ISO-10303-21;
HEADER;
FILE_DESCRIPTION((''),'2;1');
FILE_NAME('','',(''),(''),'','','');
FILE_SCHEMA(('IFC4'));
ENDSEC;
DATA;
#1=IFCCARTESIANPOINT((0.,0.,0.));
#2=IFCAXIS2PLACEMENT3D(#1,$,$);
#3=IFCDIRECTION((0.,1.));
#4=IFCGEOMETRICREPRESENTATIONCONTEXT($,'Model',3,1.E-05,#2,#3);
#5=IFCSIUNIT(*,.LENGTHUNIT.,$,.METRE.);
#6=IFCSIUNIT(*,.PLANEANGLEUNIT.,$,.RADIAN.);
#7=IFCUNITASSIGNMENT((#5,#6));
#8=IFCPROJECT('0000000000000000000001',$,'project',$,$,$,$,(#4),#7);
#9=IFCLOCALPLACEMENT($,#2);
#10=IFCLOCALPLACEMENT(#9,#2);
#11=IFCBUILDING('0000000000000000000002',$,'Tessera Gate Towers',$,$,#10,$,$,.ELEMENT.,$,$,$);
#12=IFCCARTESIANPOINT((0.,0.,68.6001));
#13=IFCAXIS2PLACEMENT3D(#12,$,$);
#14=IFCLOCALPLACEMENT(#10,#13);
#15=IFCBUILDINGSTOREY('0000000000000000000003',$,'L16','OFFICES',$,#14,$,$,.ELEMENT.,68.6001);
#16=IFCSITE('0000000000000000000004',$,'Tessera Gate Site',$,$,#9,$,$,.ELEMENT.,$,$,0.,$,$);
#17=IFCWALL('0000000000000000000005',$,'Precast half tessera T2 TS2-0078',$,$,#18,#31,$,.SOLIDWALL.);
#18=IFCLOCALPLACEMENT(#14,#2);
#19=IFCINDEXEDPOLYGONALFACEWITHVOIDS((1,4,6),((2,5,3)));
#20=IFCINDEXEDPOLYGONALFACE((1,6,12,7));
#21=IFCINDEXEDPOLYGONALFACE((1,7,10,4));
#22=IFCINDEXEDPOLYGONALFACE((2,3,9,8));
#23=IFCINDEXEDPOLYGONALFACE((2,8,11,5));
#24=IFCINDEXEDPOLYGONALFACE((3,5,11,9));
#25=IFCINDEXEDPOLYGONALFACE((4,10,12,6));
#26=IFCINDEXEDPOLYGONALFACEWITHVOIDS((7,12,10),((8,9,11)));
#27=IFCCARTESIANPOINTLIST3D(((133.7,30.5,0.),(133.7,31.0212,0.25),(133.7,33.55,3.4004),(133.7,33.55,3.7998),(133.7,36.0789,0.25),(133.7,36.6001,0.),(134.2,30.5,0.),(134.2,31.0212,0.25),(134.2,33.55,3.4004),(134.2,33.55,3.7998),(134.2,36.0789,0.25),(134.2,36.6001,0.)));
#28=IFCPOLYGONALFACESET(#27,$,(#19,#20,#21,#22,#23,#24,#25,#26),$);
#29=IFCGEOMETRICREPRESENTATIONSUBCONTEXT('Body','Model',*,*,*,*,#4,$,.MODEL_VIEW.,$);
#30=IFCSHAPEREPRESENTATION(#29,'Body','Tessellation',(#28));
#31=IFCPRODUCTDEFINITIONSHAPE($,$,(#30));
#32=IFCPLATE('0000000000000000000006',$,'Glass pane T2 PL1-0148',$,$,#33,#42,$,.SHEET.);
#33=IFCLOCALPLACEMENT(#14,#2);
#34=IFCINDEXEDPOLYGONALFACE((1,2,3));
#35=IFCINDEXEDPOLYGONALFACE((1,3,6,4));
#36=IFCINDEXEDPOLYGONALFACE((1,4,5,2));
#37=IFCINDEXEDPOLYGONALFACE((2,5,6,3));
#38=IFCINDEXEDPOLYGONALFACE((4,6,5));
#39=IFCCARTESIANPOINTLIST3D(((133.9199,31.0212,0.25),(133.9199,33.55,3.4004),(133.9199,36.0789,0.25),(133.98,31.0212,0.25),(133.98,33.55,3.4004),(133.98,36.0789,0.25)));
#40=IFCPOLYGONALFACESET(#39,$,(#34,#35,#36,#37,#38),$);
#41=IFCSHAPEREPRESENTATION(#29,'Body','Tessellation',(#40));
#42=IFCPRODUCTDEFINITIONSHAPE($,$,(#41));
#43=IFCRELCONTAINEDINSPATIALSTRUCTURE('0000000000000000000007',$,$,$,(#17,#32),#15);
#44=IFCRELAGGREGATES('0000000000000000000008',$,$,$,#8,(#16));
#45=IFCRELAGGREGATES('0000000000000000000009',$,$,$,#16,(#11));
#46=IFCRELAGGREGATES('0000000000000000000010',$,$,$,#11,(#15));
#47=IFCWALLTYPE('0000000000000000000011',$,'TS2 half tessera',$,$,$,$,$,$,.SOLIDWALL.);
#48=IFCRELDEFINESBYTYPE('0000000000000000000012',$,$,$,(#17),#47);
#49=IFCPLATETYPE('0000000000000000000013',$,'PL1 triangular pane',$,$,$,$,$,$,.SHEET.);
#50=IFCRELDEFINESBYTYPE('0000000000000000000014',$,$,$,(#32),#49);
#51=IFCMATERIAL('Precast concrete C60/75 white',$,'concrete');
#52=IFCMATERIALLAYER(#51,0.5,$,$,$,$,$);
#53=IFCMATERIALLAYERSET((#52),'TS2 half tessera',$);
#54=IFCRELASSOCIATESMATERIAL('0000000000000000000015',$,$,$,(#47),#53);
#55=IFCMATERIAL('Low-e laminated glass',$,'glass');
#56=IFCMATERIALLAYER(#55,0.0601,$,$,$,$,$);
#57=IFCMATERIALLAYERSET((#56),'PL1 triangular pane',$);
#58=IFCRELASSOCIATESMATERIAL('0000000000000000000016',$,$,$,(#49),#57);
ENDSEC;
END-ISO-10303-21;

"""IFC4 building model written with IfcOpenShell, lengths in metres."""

from ifc_helpers import new_model, si_unit, direction, frame, origin, place, context, subcontext, project, spatial, polyline, outline, extrude, source, transform, mapped, material, layer, layer_set, type_object, element, fill, save


model = new_model("IFC4")

# Units and contexts
model_context = context("Model", 3, precision=1e-05, world=origin(), true_north=direction((0.0, 1.0)))
body_context = subcontext(model_context, "Body", "Model", "MODEL_VIEW")
ifc_project = project(units=[si_unit("LENGTHUNIT", "METRE"), si_unit("PLANEANGLEUNIT", "RADIAN")], contexts=[model_context])

# Site, building, storey
site_placement = place(None, origin())
site = spatial("IfcSite", under=ifc_project, at=site_placement, Name="Tessera Gate Site", CompositionType="ELEMENT", RefElevation=0.0)
building_placement = place(site_placement, origin())
building = spatial("IfcBuilding", under=site, at=building_placement, Name="Tessera Gate Towers", CompositionType="ELEMENT")
storey_placement = place(building_placement, frame((0.0, 0.0, 68.6001)))
storey = spatial("IfcBuildingStorey", under=building, at=storey_placement, Name="L16", Description="OFFICES", CompositionType="ELEMENT", Elevation=68.6001)

# Wall, opening, plate
ifc_material_1 = material(Name="Precast concrete C60/75 white", Category="concrete")
ifc_layer_1 = layer(ifc_material_1, 0.5)
ifc_layer_set_1 = layer_set([ifc_layer_1], Name="TS2 half tessera")
wall_type_1 = type_object("IfcWallType", Name="TS2 half tessera", PredefinedType="SOLIDWALL", material=ifc_layer_set_1)
shared_shape_1 = source(origin(), body_context, "Body", "SweptSolid", [
    extrude(outline(polyline([(6.1001, 0.0), (3.05, 3.7998), (0.0, 0.0), (6.1001, 0.0)])), frame((0.0, 0.25, 0.0), z_axis=(0.0, -1.0, 0.0), x_axis=(1.0, 0.0, 0.0)), (0.0, 0.0, 1.0), 0.5),
])
wall_1_placement = place(storey_placement, frame((133.95, 30.5, 0.0), z_axis=(0.0, 0.0, 1.0), x_axis=(0.0, 1.0, 0.0)))
wall_1 = element("IfcWall", 1, at=wall_1_placement, inside=storey, type_object=wall_type_1, Name="Precast half tessera T2 TS2-0078", PredefinedType="SOLIDWALL", context=body_context, shape_type="MappedRepresentation", body=[
    mapped(shared_shape_1, transform((0.0, 0.0, 0.0), scale=1.0)),
])
shared_shape_2 = source(origin(), body_context, "Body", "SweptSolid", [
    extrude(outline(polyline([(5.5789, 0.25), (3.05, 3.4004), (0.5212, 0.25), (5.5789, 0.25)])), frame((0.0, 0.26, 0.0), z_axis=(0.0, -1.0, 0.0), x_axis=(1.0, 0.0, 0.0)), (0.0, 0.0, 1.0), 0.52),
])
opening_1_placement = place(wall_1_placement, origin())
opening_1 = element("IfcOpeningElement", 2, at=opening_1_placement, cuts=wall_1, PredefinedType="OPENING", context=body_context, shape_type="MappedRepresentation", body=[
    mapped(shared_shape_2, transform((0.0, 0.0, 0.0), scale=1.0)),
])
ifc_material_2 = material(Name="Low-e laminated glass", Category="glass")
ifc_layer_2 = layer(ifc_material_2, 0.0601)
ifc_layer_set_2 = layer_set([ifc_layer_2], Name="PL1 triangular pane")
plate_type = type_object("IfcPlateType", Name="PL1 triangular pane", PredefinedType="SHEET", material=ifc_layer_set_2)
shared_shape_3 = source(origin(), body_context, "Body", "SweptSolid", [
    extrude(outline(polyline([(5.5789, 0.25), (3.05, 3.4004), (0.5212, 0.25), (5.5789, 0.25)])), frame((0.0, 0.03, 0.0), z_axis=(0.0, -1.0, 0.0), x_axis=(1.0, 0.0, 0.0)), (0.0, 0.0, 1.0), 0.0601),
])
plate_placement = place(opening_1_placement, origin())
plate = element("IfcPlate", 3, at=plate_placement, inside=storey, type_object=plate_type, Name="Glass pane T2 PL1-0148", PredefinedType="SHEET", context=body_context, shape_type="MappedRepresentation", body=[
    mapped(shared_shape_3, transform((0.0, 0.0, 0.0), scale=1.0)),
])
fill(opening_1, plate)

save(model, "model.ifc")
